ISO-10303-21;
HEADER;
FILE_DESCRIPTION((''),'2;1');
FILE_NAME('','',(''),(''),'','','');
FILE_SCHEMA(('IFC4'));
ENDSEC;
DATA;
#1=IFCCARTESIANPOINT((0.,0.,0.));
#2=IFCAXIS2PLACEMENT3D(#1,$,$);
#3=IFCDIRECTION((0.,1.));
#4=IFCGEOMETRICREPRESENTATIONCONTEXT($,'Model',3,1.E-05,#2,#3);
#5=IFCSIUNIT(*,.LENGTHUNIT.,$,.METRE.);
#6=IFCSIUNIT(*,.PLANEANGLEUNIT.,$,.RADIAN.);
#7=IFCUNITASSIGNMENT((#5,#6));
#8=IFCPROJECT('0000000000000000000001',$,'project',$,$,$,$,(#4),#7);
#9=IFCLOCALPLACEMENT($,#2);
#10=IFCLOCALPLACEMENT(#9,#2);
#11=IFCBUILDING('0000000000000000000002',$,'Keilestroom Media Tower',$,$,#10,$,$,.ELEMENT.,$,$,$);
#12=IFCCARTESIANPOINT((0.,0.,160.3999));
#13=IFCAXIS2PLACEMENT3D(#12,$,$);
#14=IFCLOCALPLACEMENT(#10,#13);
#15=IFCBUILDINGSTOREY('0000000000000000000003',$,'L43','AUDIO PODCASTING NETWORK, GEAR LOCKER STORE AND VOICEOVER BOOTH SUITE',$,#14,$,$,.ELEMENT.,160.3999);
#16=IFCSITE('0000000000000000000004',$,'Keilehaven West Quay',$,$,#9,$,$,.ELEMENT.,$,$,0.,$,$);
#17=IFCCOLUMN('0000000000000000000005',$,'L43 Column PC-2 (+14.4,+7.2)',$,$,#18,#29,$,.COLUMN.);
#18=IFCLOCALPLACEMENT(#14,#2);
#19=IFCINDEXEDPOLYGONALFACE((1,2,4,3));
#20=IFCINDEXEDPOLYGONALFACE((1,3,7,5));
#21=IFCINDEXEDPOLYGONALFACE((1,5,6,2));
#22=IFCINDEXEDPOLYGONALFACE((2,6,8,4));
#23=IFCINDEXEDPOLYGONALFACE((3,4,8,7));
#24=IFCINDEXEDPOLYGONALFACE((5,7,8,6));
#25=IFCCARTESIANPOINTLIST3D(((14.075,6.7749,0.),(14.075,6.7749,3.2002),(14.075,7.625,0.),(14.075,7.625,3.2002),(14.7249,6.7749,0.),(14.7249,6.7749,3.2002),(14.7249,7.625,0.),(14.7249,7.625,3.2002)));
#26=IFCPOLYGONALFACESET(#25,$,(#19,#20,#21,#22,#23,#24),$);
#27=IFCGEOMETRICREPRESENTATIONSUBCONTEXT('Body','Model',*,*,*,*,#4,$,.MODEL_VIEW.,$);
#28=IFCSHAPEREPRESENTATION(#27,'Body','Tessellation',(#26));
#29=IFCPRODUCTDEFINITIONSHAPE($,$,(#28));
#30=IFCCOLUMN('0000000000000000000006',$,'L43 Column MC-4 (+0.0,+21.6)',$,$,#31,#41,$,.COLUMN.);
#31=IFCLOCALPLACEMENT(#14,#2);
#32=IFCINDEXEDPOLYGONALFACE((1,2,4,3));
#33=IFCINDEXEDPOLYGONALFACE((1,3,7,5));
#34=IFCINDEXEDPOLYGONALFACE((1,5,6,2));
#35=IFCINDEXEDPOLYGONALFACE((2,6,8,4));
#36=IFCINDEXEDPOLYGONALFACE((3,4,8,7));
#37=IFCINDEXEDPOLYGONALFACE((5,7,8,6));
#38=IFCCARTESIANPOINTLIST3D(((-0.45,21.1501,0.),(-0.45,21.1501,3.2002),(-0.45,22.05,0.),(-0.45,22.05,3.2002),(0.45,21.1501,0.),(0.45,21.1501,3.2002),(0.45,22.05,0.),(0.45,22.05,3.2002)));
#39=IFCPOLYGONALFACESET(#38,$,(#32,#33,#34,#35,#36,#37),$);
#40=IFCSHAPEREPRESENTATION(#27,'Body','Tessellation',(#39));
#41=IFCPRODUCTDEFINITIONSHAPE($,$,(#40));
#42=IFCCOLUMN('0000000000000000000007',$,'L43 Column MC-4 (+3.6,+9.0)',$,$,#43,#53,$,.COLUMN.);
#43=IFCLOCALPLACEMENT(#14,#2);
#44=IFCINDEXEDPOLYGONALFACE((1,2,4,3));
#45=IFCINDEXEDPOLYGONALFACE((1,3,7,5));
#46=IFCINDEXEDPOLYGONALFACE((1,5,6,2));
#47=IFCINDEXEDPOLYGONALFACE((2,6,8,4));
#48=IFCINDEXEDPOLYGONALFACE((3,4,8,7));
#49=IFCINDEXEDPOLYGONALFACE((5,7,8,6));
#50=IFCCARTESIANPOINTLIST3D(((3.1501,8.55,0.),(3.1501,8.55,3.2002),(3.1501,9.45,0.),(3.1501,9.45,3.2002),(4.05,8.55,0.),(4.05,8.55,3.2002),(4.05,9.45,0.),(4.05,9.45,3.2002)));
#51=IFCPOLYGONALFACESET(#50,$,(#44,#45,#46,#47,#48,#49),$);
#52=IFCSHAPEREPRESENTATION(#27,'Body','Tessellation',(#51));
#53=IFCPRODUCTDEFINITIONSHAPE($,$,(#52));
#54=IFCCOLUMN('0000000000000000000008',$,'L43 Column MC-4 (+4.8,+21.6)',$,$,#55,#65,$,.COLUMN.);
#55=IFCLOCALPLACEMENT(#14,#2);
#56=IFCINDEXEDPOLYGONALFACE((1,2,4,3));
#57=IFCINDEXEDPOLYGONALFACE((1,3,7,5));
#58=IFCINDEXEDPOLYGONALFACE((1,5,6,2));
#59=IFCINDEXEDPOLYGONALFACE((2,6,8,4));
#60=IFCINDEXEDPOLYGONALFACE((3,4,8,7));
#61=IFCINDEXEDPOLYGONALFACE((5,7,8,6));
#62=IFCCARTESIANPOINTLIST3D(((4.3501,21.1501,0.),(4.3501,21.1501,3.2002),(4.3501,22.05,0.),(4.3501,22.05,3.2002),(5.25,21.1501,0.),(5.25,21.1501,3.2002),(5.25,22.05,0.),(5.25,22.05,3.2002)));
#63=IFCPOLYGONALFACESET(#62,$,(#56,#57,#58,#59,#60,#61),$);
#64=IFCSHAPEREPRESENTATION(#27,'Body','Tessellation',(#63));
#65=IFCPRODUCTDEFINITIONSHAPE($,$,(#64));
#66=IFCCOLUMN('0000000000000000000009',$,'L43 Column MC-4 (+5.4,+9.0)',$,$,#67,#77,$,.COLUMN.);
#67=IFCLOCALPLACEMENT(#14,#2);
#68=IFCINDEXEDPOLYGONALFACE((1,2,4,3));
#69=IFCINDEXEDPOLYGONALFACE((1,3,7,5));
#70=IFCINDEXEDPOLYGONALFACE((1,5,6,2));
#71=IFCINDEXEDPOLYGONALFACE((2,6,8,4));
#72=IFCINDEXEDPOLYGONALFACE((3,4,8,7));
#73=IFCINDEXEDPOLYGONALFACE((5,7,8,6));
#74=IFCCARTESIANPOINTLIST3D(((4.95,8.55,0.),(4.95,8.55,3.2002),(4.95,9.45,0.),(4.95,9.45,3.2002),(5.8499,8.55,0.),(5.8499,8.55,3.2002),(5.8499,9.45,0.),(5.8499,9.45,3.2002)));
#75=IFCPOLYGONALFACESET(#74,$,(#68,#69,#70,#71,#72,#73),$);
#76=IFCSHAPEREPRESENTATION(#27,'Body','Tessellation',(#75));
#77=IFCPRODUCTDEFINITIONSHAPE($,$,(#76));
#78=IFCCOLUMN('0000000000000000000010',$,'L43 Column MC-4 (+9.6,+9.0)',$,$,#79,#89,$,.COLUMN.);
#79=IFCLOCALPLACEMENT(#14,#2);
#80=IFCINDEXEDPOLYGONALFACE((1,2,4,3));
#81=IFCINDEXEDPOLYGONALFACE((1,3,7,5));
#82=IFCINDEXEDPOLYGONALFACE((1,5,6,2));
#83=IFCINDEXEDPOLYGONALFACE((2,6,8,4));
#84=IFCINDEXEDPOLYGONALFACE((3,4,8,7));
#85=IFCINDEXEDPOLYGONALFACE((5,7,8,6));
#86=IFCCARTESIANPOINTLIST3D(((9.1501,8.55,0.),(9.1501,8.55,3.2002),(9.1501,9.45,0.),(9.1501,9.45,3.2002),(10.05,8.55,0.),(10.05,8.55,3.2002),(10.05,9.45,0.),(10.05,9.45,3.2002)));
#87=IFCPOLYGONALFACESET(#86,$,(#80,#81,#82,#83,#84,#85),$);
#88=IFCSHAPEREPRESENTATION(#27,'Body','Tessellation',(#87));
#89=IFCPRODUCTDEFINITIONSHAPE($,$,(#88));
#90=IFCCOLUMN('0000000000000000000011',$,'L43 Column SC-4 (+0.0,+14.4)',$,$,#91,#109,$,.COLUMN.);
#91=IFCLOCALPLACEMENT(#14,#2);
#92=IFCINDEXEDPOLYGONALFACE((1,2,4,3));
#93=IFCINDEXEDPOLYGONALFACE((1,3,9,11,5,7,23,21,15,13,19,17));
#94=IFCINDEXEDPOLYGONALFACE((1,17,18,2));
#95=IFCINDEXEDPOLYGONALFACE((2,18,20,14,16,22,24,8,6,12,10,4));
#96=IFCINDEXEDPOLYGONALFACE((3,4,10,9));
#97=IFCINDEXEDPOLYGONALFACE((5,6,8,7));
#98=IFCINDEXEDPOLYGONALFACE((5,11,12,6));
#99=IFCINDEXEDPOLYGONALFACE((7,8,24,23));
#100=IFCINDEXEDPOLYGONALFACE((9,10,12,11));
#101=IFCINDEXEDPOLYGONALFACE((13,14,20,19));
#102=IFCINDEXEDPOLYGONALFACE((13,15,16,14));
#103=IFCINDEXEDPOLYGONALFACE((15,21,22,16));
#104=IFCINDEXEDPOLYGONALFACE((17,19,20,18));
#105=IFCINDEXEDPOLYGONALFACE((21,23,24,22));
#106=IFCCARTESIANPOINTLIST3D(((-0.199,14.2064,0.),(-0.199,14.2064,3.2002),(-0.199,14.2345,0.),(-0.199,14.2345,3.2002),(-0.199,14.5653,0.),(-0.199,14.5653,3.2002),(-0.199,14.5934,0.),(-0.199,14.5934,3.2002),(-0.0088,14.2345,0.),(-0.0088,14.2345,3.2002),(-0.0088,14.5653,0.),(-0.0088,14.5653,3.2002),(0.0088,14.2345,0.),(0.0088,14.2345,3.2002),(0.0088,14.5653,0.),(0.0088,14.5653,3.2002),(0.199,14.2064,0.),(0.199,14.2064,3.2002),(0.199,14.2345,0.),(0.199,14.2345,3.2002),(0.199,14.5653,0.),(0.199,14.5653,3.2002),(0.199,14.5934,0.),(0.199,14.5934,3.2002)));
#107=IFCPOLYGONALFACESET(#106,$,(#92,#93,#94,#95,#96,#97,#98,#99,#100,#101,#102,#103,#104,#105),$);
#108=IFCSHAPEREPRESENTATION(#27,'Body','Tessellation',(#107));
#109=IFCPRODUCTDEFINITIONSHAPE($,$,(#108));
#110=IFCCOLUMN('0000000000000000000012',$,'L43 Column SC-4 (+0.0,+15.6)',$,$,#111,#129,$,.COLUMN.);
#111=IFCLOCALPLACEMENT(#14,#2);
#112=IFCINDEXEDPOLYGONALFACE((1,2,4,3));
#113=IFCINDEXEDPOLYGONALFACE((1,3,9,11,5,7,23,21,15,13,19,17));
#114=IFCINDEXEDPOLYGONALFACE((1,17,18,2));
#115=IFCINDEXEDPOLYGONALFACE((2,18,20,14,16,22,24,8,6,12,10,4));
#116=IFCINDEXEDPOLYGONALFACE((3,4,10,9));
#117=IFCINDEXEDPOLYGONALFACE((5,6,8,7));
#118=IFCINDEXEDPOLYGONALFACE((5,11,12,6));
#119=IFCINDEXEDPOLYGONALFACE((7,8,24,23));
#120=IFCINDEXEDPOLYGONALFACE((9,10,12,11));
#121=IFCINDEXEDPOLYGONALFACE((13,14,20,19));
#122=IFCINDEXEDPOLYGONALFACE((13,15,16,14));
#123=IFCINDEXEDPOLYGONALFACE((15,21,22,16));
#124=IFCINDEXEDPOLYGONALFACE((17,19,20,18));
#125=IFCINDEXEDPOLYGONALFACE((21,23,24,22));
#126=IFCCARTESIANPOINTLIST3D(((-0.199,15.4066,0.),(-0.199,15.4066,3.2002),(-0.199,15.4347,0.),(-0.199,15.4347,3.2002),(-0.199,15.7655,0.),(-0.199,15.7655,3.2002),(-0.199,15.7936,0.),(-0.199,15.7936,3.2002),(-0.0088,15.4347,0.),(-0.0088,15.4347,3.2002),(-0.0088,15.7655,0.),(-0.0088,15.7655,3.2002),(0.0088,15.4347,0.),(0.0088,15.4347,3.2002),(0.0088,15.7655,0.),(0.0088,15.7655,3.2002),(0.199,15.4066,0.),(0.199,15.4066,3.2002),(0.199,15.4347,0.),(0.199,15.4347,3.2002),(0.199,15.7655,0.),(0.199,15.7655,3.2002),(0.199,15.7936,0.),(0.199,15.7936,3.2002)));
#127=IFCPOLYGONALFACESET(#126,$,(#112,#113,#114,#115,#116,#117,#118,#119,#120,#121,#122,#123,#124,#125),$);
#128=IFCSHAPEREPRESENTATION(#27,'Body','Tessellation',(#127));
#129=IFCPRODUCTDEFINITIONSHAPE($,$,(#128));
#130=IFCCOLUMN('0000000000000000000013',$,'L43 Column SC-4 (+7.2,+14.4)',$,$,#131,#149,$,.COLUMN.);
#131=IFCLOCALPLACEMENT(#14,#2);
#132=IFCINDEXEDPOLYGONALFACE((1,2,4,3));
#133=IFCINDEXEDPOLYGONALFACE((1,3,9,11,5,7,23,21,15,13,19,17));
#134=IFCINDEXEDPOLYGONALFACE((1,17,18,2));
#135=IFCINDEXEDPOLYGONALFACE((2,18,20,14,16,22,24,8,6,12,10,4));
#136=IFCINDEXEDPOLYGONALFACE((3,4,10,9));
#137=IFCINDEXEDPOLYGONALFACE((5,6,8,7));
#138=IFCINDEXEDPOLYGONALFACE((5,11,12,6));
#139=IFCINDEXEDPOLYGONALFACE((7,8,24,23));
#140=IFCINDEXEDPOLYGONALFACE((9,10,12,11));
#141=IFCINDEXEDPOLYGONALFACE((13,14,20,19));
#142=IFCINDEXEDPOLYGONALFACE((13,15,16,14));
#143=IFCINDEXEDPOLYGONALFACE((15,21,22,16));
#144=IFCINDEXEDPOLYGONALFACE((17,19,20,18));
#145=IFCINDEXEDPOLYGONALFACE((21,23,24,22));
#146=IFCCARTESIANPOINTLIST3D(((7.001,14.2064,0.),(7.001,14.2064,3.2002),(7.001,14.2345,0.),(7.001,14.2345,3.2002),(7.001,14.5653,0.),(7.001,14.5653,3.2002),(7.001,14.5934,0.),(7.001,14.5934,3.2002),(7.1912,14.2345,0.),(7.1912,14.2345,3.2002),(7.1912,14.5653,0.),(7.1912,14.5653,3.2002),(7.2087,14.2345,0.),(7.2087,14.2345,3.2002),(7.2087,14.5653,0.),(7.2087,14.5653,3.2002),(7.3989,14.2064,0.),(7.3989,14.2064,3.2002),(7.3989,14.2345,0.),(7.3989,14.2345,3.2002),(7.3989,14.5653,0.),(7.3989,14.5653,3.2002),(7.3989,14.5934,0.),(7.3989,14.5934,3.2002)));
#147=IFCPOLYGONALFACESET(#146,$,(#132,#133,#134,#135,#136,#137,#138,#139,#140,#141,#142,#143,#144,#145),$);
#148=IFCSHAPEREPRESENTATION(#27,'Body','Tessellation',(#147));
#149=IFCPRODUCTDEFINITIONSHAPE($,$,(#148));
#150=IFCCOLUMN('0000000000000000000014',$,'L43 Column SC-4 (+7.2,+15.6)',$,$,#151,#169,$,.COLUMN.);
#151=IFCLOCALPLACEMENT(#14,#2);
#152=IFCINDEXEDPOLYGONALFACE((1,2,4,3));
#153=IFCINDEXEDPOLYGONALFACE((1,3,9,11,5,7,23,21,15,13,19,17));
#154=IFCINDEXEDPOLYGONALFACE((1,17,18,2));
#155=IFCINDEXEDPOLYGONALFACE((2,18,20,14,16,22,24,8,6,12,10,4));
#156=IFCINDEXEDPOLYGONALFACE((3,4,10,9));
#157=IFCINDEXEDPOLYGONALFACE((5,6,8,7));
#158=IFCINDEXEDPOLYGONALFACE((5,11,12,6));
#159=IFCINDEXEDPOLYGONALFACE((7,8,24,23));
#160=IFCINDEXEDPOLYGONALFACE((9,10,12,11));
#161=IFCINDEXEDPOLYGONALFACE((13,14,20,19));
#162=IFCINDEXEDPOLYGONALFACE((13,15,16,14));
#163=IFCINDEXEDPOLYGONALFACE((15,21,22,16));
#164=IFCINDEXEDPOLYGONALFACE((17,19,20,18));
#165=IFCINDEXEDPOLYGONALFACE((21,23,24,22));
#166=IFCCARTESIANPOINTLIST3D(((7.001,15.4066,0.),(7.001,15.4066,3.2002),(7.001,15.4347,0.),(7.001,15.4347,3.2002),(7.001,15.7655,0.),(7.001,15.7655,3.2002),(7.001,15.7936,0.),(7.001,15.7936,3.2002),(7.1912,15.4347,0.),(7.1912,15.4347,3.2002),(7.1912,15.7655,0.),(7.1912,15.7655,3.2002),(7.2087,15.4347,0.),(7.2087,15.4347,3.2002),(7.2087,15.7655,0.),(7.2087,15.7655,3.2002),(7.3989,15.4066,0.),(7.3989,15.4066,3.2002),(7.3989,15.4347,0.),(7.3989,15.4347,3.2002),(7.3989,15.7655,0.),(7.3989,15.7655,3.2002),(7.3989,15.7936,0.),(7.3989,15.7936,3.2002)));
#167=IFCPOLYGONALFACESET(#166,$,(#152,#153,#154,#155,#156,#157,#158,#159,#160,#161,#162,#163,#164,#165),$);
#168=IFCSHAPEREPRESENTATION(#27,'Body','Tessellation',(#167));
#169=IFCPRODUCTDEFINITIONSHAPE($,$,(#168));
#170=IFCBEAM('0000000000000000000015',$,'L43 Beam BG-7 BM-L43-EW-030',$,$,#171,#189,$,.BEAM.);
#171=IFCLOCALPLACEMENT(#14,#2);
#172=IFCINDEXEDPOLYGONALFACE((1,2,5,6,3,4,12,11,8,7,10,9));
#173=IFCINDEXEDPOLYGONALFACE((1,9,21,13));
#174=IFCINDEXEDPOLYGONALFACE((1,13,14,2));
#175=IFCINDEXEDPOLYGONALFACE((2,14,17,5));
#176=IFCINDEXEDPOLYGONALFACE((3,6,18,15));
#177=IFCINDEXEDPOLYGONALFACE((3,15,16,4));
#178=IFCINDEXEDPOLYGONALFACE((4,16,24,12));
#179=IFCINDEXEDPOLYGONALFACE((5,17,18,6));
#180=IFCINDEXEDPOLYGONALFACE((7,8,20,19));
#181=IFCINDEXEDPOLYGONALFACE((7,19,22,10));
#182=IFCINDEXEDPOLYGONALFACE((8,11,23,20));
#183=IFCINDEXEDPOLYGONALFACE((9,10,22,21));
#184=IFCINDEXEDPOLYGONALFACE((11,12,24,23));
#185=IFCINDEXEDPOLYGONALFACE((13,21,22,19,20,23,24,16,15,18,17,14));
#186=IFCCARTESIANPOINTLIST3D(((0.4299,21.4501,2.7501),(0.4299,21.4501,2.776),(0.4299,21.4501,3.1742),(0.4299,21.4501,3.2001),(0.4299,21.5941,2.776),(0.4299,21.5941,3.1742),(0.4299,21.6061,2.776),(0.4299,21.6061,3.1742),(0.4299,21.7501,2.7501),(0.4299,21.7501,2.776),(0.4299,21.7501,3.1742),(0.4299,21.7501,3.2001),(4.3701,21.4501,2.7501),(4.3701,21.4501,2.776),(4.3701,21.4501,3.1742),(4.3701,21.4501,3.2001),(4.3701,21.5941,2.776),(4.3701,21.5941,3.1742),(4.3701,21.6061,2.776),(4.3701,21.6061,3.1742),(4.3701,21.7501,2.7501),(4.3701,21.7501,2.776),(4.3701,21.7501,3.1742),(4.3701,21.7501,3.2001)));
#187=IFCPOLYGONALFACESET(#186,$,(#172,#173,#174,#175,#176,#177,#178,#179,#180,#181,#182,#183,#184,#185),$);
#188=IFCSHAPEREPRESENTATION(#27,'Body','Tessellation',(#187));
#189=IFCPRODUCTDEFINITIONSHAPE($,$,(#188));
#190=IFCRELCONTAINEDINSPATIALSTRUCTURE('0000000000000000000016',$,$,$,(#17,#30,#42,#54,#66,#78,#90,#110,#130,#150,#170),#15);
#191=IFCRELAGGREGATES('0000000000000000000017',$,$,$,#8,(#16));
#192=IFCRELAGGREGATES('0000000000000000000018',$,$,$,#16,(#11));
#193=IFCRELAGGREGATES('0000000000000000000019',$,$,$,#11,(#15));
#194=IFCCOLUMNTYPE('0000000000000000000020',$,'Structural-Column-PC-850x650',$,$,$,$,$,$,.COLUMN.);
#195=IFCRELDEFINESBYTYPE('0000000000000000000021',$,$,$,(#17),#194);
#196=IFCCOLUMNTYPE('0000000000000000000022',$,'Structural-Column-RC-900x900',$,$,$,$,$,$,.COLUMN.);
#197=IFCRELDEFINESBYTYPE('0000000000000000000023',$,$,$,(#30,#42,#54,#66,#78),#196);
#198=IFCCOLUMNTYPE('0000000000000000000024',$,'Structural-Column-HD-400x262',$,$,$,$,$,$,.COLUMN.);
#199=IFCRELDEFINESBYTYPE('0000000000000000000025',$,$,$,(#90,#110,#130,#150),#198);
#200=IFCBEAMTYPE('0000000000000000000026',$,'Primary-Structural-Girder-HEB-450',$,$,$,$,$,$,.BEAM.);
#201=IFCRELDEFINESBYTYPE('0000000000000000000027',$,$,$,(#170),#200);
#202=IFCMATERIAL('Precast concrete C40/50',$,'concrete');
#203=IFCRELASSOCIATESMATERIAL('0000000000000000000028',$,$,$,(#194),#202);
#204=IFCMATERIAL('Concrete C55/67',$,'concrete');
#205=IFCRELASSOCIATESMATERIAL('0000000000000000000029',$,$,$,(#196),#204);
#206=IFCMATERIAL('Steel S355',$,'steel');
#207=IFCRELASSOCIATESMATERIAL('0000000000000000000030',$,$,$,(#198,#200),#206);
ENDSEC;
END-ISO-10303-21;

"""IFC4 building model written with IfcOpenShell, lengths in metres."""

from ifc_helpers import new_model, si_unit, direction, frame, origin, origin_2d, place, context, subcontext, project, spatial, rectangle, i_section, extrude, source, transform, mapped, material, material_profile, profile_set, type_object, element, save


model = new_model("IFC4")

# Units and contexts
model_context = context("Model", 3, precision=1e-05, world=origin(), true_north=direction((0.0, 1.0)))
body_context = subcontext(model_context, "Body", "Model", "MODEL_VIEW")
ifc_project = project(units=[si_unit("LENGTHUNIT", "METRE"), si_unit("PLANEANGLEUNIT", "RADIAN")], contexts=[model_context])

# Site, building, storey
site_placement = place(None, origin())
site = spatial("IfcSite", under=ifc_project, at=site_placement, Name="Keilehaven West Quay", CompositionType="ELEMENT", RefElevation=0.0)
building_placement = place(site_placement, origin())
building = spatial("IfcBuilding", under=site, at=building_placement, Name="Keilestroom Media Tower", CompositionType="ELEMENT")
storey_placement = place(building_placement, frame((0.0, 0.0, 160.3999)))
storey = spatial("IfcBuildingStorey", under=building, at=storey_placement, Name="L43", Description="AUDIO PODCASTING NETWORK, GEAR LOCKER STORE AND VOICEOVER BOOTH SUITE", CompositionType="ELEMENT", Elevation=160.3999)

# Columns
ifc_material_1 = material(Name="Precast concrete C40/50", Category="concrete")
ifc_material_profile_1 = material_profile(ifc_material_1, rectangle(XDim=0.6499, YDim=0.8501, at=origin_2d()), Name="PC 850x650")
ifc_profile_set_1 = profile_set([ifc_material_profile_1], Name="Precast concrete C40/50")
column_type_1 = type_object("IfcColumnType", Name="Structural-Column-PC-850x650", PredefinedType="COLUMN", material=ifc_profile_set_1)
shared_shape_1 = source(origin(), body_context, "Body", "SweptSolid", [
    extrude(rectangle(XDim=0.6499, YDim=0.8501, at=origin_2d()), origin(), (0.0, 0.0, 1.0), 3.2002),
])
column_placement = place(storey_placement, frame((14.3999, 7.2, 0.0), z_axis=(0.0, 0.0, 1.0), x_axis=(1.0, 0.0, 0.0)))
element("IfcColumn", 1, at=column_placement, inside=storey, type_object=column_type_1, Name="L43 Column PC-2 (+14.4,+7.2)", PredefinedType="COLUMN", context=body_context, shape_type="MappedRepresentation", body=[
    mapped(shared_shape_1, transform((0.0, 0.0, 0.0), x_axis=(1.0, 0.0, 0.0), y_axis=(0.0, 1.0, 0.0), z_axis=(0.0, 0.0, 1.0), scale=1.0)),
])
ifc_material_2 = material(Name="Concrete C55/67", Category="concrete")
ifc_material_profile_2 = material_profile(ifc_material_2, rectangle(XDim=0.8999, YDim=0.8999, at=origin_2d()), Name="RC 900x900")
ifc_profile_set_2 = profile_set([ifc_material_profile_2], Name="Concrete C55/67")
column_type_2 = type_object("IfcColumnType", Name="Structural-Column-RC-900x900", PredefinedType="COLUMN", material=ifc_profile_set_2)
shared_shape_2 = source(origin(), body_context, "Body", "SweptSolid", [
    extrude(rectangle(XDim=0.8999, YDim=0.8999, at=origin_2d()), origin(), (0.0, 0.0, 1.0), 3.2002),
])
for number, where, z_axis, x_axis, name in (
    (2, (0.0, 21.6001, 0.0), (0.0, 0.0, 1.0), (1.0, 0.0, 0.0), "L43 Column MC-4 (+0.0,+21.6)"),
    (3, (3.6001, 9.0, 0.0), (0.0, 0.0, 1.0), (1.0, 0.0, 0.0), "L43 Column MC-4 (+3.6,+9.0)"),
    (4, (4.8, 21.6001, 0.0), (0.0, 0.0, 1.0), (1.0, 0.0, 0.0), "L43 Column MC-4 (+4.8,+21.6)"),
    (5, (5.3999, 9.0, 0.0), (0.0, 0.0, 1.0), (1.0, 0.0, 0.0), "L43 Column MC-4 (+5.4,+9.0)"),
    (6, (9.6001, 9.0, 0.0), (0.0, 0.0, 1.0), (1.0, 0.0, 0.0), "L43 Column MC-4 (+9.6,+9.0)"),
):
    element("IfcColumn", number, at=place(storey_placement, frame(where, z_axis=z_axis, x_axis=x_axis)), inside=storey, type_object=column_type_2, Name=name, PredefinedType="COLUMN", context=body_context, shape_type="MappedRepresentation", body=[
        mapped(shared_shape_2, transform((0.0, 0.0, 0.0), x_axis=(1.0, 0.0, 0.0), y_axis=(0.0, 1.0, 0.0), z_axis=(0.0, 0.0, 1.0), scale=1.0)),
    ])
ifc_material_3 = material(Name="Steel S355", Category="steel")
ifc_material_profile_3 = material_profile(ifc_material_3, i_section(OverallWidth=0.3979, OverallDepth=0.387, WebThickness=0.0176, FlangeThickness=0.0281, at=origin_2d()), Name="HD 400x262")
ifc_profile_set_3 = profile_set([ifc_material_profile_3], Name="Steel S355")
column_type_3 = type_object("IfcColumnType", Name="Structural-Column-HD-400x262", PredefinedType="COLUMN", material=ifc_profile_set_3)
shared_shape_3 = source(origin(), body_context, "Body", "SweptSolid", [
    extrude(i_section(OverallWidth=0.3979, OverallDepth=0.387, WebThickness=0.0176, FlangeThickness=0.0281, at=origin_2d()), origin(), (0.0, 0.0, 1.0), 3.2002),
])
for number, where, z_axis, x_axis, name in (
    (7, (0.0, 14.3999, 0.0), (0.0, 0.0, 1.0), (1.0, 0.0, 0.0), "L43 Column SC-4 (+0.0,+14.4)"),
    (8, (0.0, 15.6001, 0.0), (0.0, 0.0, 1.0), (1.0, 0.0, 0.0), "L43 Column SC-4 (+0.0,+15.6)"),
    (9, (7.2, 14.3999, 0.0), (0.0, 0.0, 1.0), (1.0, 0.0, 0.0), "L43 Column SC-4 (+7.2,+14.4)"),
    (10, (7.2, 15.6001, 0.0), (0.0, 0.0, 1.0), (1.0, 0.0, 0.0), "L43 Column SC-4 (+7.2,+15.6)"),
):
    element("IfcColumn", number, at=place(storey_placement, frame(where, z_axis=z_axis, x_axis=x_axis)), inside=storey, type_object=column_type_3, Name=name, PredefinedType="COLUMN", context=body_context, shape_type="MappedRepresentation", body=[
        mapped(shared_shape_3, transform((0.0, 0.0, 0.0), x_axis=(1.0, 0.0, 0.0), y_axis=(0.0, 1.0, 0.0), z_axis=(0.0, 0.0, 1.0), scale=1.0)),
    ])

# Beam
ifc_material_profile_4 = material_profile(ifc_material_3, i_section(OverallWidth=0.3, OverallDepth=0.45, WebThickness=0.012, FlangeThickness=0.0259, at=origin_2d()), Name="HEB 450")
ifc_profile_set_4 = profile_set([ifc_material_profile_4], Name="Steel S355")
beam_type_1 = type_object("IfcBeamType", Name="Primary-Structural-Girder-HEB-450", PredefinedType="BEAM", material=ifc_profile_set_4)
shared_shape_4 = source(origin(), body_context, "Body", "SweptSolid", [
    extrude(i_section(OverallWidth=0.3, OverallDepth=0.45, WebThickness=0.012, FlangeThickness=0.0259, at=origin_2d()), origin(), (0.0, 0.0, 1.0), 3.9402),
])
beam_1_placement = place(storey_placement, frame((0.4299, 21.6001, 2.9751), z_axis=(1.0, 0.0, 0.0), x_axis=(0.0, 1.0, 0.0)))
element("IfcBeam", 11, at=beam_1_placement, inside=storey, type_object=beam_type_1, Name="L43 Beam BG-7 BM-L43-EW-030", PredefinedType="BEAM", context=body_context, shape_type="MappedRepresentation", body=[
    mapped(shared_shape_4, transform((0.0, 0.0, 0.0), x_axis=(1.0, 0.0, 0.0), y_axis=(0.0, 1.0, 0.0), z_axis=(0.0, 0.0, 1.0), scale=1.0)),
])

save(model, "model.ifc")
